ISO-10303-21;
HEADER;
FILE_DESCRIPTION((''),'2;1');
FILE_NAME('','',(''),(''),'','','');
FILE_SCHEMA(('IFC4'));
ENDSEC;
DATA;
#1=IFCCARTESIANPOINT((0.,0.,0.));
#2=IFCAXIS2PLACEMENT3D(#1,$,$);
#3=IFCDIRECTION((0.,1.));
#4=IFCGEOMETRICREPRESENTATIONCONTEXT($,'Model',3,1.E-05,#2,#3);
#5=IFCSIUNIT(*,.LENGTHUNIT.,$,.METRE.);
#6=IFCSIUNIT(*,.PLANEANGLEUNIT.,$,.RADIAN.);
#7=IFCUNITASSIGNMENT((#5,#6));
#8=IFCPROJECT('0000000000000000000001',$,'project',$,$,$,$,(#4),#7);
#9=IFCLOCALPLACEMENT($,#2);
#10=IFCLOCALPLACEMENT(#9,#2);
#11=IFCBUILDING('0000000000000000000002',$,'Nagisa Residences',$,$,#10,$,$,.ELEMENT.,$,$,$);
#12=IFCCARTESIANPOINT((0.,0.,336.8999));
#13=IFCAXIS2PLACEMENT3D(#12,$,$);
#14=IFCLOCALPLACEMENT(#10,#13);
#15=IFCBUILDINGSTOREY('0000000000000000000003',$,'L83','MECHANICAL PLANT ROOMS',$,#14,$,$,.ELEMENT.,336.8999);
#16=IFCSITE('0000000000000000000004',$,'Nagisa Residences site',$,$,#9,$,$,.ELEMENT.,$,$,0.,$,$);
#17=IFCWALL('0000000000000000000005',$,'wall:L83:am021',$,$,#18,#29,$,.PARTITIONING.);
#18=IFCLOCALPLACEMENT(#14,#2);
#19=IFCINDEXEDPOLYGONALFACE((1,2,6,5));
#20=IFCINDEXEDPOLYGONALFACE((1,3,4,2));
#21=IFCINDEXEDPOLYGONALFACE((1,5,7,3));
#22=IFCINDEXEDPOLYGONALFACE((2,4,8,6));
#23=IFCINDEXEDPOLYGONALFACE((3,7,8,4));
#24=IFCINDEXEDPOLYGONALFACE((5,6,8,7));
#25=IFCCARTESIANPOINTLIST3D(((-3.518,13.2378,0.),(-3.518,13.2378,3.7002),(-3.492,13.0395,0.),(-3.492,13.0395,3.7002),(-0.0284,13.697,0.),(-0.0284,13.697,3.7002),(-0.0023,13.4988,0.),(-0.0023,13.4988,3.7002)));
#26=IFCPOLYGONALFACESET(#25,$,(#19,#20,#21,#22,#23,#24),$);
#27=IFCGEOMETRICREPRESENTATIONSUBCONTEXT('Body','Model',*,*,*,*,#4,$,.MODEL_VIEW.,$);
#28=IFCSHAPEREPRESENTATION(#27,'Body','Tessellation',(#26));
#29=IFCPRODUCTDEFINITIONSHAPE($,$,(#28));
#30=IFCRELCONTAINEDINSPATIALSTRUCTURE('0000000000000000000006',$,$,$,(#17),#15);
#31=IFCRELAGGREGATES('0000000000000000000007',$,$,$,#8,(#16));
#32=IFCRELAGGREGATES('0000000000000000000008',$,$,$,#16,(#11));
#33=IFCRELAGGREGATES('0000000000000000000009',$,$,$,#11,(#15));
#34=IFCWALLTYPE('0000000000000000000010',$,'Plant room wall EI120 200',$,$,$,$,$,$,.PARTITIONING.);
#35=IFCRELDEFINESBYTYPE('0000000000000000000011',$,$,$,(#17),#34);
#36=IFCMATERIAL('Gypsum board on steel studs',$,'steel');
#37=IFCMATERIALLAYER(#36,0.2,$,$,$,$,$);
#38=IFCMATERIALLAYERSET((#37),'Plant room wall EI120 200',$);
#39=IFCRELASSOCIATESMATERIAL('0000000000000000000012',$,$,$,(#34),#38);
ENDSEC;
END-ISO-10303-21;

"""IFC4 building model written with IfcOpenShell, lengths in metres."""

from ifc_helpers import new_model, si_unit, direction, frame, frame_2d, origin, place, context, subcontext, project, spatial, rectangle, extrude, material, layer, layer_set, type_object, element, save


model = new_model("IFC4")

# Units and contexts
model_context = context("Model", 3, precision=1e-05, world=origin(), true_north=direction((0.0, 1.0)))
body_context = subcontext(model_context, "Body", "Model", "MODEL_VIEW")
ifc_project = project(units=[si_unit("LENGTHUNIT", "METRE"), si_unit("PLANEANGLEUNIT", "RADIAN")], contexts=[model_context])

# Site, building, storey
site_placement = place(None, origin())
site = spatial("IfcSite", under=ifc_project, at=site_placement, Name="Nagisa Residences site", CompositionType="ELEMENT", RefElevation=0.0)
building_placement = place(site_placement, origin())
building = spatial("IfcBuilding", under=site, at=building_placement, Name="Nagisa Residences", CompositionType="ELEMENT")
storey_placement = place(building_placement, frame((0.0, 0.0, 336.8999)))
storey = spatial("IfcBuildingStorey", under=building, at=storey_placement, Name="L83", Description="MECHANICAL PLANT ROOMS", CompositionType="ELEMENT", Elevation=336.8999)

# Shared definitions
ifc_material_1 = material(Name="Gypsum board on steel studs", Category="steel")
ifc_layer_1 = layer(ifc_material_1, 0.2)
ifc_layer_set_1 = layer_set([ifc_layer_1], Name="Plant room wall EI120 200")
wall_type_1 = type_object("IfcWallType", Name="Plant room wall EI120 200", PredefinedType="PARTITIONING", material=ifc_layer_set_1)

# Wall
wall_1_placement = place(storey_placement, frame((-3.5049, 13.1387, 0.0), z_axis=(0.0, 0.0, 1.0), x_axis=(0.991452, 0.130469, 0.0)))
element("IfcWall", 1, at=wall_1_placement, inside=storey, type_object=wall_type_1, Name="wall:L83:am021", PredefinedType="PARTITIONING", context=body_context, shape_type="SweptSolid", body=[
    extrude(rectangle(XDim=3.5198, YDim=0.2, at=frame_2d((1.7598, 0.0))), origin(), (0.0, 0.0, 1.0), 3.7002),
])

save(model, "model.ifc")
